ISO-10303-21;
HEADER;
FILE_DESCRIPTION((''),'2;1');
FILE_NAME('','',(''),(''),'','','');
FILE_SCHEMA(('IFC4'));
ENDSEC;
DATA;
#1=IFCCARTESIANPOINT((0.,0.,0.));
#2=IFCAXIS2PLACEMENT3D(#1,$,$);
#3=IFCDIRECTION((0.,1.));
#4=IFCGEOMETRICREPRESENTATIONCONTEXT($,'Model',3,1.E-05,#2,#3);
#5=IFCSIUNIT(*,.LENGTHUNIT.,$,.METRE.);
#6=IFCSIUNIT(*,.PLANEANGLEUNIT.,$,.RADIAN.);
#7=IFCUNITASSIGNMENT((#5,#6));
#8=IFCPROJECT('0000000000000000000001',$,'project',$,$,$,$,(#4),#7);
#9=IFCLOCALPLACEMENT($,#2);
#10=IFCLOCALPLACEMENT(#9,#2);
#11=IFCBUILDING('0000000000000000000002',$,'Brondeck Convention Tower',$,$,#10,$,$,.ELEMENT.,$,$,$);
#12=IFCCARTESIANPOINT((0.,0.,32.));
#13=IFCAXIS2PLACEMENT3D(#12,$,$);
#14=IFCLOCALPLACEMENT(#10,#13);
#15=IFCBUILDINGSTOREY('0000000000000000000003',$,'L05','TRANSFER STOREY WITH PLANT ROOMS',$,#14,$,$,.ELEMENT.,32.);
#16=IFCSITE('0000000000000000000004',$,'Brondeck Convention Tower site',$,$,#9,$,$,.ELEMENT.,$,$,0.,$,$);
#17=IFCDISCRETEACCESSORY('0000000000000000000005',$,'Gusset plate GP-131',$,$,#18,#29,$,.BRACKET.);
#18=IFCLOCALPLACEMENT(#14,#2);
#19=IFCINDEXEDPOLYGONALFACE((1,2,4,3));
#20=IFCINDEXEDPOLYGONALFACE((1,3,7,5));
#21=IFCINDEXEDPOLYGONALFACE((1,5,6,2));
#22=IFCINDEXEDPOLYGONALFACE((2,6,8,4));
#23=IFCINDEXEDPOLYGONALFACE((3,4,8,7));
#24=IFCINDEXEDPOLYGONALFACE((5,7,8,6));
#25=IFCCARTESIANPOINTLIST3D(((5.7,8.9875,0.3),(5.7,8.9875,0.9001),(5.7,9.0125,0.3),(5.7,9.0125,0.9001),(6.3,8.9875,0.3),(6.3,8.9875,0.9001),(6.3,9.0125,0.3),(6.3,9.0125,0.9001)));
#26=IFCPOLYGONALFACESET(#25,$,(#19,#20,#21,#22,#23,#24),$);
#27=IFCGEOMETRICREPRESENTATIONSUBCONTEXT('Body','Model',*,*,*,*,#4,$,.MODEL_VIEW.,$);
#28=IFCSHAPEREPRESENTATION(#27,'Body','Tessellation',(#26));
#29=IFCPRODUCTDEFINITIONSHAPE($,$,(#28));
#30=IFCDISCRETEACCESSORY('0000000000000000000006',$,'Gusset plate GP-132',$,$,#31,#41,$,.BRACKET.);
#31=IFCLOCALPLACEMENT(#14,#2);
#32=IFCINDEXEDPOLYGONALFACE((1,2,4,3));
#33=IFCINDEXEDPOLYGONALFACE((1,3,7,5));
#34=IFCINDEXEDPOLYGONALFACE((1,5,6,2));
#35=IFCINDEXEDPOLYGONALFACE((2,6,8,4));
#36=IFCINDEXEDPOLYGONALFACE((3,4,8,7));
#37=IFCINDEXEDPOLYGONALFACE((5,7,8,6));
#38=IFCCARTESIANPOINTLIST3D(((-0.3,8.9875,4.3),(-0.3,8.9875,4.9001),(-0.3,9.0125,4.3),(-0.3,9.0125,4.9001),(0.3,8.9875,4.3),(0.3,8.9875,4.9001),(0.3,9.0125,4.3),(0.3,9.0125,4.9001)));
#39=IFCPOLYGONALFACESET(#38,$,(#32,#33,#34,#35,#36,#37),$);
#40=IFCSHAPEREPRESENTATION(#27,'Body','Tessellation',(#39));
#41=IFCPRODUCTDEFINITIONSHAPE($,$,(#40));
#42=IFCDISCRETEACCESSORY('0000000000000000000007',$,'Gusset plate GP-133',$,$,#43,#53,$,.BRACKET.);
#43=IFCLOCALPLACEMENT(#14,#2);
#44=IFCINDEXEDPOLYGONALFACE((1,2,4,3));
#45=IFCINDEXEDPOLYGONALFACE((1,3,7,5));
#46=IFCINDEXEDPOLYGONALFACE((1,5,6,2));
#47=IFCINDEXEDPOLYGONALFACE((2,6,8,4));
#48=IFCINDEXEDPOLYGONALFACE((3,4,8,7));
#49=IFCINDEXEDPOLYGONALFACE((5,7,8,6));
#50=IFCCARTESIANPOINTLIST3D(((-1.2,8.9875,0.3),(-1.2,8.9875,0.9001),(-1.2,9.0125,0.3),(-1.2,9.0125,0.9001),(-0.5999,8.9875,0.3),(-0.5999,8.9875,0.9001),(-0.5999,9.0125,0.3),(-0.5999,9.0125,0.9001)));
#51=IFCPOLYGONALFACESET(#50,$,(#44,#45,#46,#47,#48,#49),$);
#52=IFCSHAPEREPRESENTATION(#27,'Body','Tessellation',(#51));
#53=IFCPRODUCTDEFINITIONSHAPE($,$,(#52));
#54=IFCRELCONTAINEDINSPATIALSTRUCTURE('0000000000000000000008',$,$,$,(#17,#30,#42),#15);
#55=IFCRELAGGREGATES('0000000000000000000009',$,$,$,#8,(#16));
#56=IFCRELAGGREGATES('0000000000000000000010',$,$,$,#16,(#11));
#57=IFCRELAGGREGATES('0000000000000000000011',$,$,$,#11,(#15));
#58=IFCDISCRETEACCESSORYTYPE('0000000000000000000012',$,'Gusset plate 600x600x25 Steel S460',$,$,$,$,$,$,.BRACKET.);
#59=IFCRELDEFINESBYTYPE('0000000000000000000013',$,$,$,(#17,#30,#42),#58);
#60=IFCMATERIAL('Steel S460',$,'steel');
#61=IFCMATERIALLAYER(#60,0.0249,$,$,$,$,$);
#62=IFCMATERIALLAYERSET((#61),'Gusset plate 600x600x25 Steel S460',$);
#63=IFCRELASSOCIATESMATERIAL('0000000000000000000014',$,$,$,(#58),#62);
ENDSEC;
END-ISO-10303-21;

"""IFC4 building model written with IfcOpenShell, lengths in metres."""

from ifc_helpers import new_model, si_unit, direction, frame, origin, origin_2d, place, context, subcontext, project, spatial, rectangle, extrude, material, layer, layer_set, type_object, element, save


model = new_model("IFC4")

# Units and contexts
model_context = context("Model", 3, precision=1e-05, world=origin(), true_north=direction((0.0, 1.0)))
body_context = subcontext(model_context, "Body", "Model", "MODEL_VIEW")
ifc_project = project(units=[si_unit("LENGTHUNIT", "METRE"), si_unit("PLANEANGLEUNIT", "RADIAN")], contexts=[model_context])

# Site, building, storey
site_placement = place(None, origin())
site = spatial("IfcSite", under=ifc_project, at=site_placement, Name="Brondeck Convention Tower site", CompositionType="ELEMENT", RefElevation=0.0)
building_placement = place(site_placement, origin())
building = spatial("IfcBuilding", under=site, at=building_placement, Name="Brondeck Convention Tower", CompositionType="ELEMENT")
storey_placement = place(building_placement, frame((0.0, 0.0, 32.0)))
storey = spatial("IfcBuildingStorey", under=building, at=storey_placement, Name="L05", Description="TRANSFER STOREY WITH PLANT ROOMS", CompositionType="ELEMENT", Elevation=32.0)

# Shared definitions
ifc_material_1 = material(Name="Steel S460", Category="steel")

# Discrete accessories
ifc_layer_1 = layer(ifc_material_1, 0.0249)
ifc_layer_set_1 = layer_set([ifc_layer_1], Name="Gusset plate 600x600x25 Steel S460")
discrete_accessory_type_1 = type_object("IfcDiscreteAccessoryType", Name="Gusset plate 600x600x25 Steel S460", PredefinedType="BRACKET", material=ifc_layer_set_1)
for number, where, z_axis, x_axis, name in (
    (1, (6.0, 9.0, 0.3), (0.0, 0.0, 1.0), (1.0, 0.0, 0.0), "Gusset plate GP-131"),
    (2, (0.0, 9.0, 4.3), (0.0, 0.0, 1.0), (1.0, 0.0, 0.0), "Gusset plate GP-132"),
    (3, (-0.8999, 9.0, 0.3), (0.0, 0.0, 1.0), (1.0, 0.0, 0.0), "Gusset plate GP-133"),
):
    element("IfcDiscreteAccessory", number, at=place(storey_placement, frame(where, z_axis=z_axis, x_axis=x_axis)), inside=storey, type_object=discrete_accessory_type_1, Name=name, PredefinedType="BRACKET", context=body_context, shape_type="SweptSolid", body=[
        extrude(rectangle(XDim=0.6001, YDim=0.0249, at=origin_2d()), origin(), (0.0, 0.0, 1.0), 0.6001),
    ])

save(model, "model.ifc")
